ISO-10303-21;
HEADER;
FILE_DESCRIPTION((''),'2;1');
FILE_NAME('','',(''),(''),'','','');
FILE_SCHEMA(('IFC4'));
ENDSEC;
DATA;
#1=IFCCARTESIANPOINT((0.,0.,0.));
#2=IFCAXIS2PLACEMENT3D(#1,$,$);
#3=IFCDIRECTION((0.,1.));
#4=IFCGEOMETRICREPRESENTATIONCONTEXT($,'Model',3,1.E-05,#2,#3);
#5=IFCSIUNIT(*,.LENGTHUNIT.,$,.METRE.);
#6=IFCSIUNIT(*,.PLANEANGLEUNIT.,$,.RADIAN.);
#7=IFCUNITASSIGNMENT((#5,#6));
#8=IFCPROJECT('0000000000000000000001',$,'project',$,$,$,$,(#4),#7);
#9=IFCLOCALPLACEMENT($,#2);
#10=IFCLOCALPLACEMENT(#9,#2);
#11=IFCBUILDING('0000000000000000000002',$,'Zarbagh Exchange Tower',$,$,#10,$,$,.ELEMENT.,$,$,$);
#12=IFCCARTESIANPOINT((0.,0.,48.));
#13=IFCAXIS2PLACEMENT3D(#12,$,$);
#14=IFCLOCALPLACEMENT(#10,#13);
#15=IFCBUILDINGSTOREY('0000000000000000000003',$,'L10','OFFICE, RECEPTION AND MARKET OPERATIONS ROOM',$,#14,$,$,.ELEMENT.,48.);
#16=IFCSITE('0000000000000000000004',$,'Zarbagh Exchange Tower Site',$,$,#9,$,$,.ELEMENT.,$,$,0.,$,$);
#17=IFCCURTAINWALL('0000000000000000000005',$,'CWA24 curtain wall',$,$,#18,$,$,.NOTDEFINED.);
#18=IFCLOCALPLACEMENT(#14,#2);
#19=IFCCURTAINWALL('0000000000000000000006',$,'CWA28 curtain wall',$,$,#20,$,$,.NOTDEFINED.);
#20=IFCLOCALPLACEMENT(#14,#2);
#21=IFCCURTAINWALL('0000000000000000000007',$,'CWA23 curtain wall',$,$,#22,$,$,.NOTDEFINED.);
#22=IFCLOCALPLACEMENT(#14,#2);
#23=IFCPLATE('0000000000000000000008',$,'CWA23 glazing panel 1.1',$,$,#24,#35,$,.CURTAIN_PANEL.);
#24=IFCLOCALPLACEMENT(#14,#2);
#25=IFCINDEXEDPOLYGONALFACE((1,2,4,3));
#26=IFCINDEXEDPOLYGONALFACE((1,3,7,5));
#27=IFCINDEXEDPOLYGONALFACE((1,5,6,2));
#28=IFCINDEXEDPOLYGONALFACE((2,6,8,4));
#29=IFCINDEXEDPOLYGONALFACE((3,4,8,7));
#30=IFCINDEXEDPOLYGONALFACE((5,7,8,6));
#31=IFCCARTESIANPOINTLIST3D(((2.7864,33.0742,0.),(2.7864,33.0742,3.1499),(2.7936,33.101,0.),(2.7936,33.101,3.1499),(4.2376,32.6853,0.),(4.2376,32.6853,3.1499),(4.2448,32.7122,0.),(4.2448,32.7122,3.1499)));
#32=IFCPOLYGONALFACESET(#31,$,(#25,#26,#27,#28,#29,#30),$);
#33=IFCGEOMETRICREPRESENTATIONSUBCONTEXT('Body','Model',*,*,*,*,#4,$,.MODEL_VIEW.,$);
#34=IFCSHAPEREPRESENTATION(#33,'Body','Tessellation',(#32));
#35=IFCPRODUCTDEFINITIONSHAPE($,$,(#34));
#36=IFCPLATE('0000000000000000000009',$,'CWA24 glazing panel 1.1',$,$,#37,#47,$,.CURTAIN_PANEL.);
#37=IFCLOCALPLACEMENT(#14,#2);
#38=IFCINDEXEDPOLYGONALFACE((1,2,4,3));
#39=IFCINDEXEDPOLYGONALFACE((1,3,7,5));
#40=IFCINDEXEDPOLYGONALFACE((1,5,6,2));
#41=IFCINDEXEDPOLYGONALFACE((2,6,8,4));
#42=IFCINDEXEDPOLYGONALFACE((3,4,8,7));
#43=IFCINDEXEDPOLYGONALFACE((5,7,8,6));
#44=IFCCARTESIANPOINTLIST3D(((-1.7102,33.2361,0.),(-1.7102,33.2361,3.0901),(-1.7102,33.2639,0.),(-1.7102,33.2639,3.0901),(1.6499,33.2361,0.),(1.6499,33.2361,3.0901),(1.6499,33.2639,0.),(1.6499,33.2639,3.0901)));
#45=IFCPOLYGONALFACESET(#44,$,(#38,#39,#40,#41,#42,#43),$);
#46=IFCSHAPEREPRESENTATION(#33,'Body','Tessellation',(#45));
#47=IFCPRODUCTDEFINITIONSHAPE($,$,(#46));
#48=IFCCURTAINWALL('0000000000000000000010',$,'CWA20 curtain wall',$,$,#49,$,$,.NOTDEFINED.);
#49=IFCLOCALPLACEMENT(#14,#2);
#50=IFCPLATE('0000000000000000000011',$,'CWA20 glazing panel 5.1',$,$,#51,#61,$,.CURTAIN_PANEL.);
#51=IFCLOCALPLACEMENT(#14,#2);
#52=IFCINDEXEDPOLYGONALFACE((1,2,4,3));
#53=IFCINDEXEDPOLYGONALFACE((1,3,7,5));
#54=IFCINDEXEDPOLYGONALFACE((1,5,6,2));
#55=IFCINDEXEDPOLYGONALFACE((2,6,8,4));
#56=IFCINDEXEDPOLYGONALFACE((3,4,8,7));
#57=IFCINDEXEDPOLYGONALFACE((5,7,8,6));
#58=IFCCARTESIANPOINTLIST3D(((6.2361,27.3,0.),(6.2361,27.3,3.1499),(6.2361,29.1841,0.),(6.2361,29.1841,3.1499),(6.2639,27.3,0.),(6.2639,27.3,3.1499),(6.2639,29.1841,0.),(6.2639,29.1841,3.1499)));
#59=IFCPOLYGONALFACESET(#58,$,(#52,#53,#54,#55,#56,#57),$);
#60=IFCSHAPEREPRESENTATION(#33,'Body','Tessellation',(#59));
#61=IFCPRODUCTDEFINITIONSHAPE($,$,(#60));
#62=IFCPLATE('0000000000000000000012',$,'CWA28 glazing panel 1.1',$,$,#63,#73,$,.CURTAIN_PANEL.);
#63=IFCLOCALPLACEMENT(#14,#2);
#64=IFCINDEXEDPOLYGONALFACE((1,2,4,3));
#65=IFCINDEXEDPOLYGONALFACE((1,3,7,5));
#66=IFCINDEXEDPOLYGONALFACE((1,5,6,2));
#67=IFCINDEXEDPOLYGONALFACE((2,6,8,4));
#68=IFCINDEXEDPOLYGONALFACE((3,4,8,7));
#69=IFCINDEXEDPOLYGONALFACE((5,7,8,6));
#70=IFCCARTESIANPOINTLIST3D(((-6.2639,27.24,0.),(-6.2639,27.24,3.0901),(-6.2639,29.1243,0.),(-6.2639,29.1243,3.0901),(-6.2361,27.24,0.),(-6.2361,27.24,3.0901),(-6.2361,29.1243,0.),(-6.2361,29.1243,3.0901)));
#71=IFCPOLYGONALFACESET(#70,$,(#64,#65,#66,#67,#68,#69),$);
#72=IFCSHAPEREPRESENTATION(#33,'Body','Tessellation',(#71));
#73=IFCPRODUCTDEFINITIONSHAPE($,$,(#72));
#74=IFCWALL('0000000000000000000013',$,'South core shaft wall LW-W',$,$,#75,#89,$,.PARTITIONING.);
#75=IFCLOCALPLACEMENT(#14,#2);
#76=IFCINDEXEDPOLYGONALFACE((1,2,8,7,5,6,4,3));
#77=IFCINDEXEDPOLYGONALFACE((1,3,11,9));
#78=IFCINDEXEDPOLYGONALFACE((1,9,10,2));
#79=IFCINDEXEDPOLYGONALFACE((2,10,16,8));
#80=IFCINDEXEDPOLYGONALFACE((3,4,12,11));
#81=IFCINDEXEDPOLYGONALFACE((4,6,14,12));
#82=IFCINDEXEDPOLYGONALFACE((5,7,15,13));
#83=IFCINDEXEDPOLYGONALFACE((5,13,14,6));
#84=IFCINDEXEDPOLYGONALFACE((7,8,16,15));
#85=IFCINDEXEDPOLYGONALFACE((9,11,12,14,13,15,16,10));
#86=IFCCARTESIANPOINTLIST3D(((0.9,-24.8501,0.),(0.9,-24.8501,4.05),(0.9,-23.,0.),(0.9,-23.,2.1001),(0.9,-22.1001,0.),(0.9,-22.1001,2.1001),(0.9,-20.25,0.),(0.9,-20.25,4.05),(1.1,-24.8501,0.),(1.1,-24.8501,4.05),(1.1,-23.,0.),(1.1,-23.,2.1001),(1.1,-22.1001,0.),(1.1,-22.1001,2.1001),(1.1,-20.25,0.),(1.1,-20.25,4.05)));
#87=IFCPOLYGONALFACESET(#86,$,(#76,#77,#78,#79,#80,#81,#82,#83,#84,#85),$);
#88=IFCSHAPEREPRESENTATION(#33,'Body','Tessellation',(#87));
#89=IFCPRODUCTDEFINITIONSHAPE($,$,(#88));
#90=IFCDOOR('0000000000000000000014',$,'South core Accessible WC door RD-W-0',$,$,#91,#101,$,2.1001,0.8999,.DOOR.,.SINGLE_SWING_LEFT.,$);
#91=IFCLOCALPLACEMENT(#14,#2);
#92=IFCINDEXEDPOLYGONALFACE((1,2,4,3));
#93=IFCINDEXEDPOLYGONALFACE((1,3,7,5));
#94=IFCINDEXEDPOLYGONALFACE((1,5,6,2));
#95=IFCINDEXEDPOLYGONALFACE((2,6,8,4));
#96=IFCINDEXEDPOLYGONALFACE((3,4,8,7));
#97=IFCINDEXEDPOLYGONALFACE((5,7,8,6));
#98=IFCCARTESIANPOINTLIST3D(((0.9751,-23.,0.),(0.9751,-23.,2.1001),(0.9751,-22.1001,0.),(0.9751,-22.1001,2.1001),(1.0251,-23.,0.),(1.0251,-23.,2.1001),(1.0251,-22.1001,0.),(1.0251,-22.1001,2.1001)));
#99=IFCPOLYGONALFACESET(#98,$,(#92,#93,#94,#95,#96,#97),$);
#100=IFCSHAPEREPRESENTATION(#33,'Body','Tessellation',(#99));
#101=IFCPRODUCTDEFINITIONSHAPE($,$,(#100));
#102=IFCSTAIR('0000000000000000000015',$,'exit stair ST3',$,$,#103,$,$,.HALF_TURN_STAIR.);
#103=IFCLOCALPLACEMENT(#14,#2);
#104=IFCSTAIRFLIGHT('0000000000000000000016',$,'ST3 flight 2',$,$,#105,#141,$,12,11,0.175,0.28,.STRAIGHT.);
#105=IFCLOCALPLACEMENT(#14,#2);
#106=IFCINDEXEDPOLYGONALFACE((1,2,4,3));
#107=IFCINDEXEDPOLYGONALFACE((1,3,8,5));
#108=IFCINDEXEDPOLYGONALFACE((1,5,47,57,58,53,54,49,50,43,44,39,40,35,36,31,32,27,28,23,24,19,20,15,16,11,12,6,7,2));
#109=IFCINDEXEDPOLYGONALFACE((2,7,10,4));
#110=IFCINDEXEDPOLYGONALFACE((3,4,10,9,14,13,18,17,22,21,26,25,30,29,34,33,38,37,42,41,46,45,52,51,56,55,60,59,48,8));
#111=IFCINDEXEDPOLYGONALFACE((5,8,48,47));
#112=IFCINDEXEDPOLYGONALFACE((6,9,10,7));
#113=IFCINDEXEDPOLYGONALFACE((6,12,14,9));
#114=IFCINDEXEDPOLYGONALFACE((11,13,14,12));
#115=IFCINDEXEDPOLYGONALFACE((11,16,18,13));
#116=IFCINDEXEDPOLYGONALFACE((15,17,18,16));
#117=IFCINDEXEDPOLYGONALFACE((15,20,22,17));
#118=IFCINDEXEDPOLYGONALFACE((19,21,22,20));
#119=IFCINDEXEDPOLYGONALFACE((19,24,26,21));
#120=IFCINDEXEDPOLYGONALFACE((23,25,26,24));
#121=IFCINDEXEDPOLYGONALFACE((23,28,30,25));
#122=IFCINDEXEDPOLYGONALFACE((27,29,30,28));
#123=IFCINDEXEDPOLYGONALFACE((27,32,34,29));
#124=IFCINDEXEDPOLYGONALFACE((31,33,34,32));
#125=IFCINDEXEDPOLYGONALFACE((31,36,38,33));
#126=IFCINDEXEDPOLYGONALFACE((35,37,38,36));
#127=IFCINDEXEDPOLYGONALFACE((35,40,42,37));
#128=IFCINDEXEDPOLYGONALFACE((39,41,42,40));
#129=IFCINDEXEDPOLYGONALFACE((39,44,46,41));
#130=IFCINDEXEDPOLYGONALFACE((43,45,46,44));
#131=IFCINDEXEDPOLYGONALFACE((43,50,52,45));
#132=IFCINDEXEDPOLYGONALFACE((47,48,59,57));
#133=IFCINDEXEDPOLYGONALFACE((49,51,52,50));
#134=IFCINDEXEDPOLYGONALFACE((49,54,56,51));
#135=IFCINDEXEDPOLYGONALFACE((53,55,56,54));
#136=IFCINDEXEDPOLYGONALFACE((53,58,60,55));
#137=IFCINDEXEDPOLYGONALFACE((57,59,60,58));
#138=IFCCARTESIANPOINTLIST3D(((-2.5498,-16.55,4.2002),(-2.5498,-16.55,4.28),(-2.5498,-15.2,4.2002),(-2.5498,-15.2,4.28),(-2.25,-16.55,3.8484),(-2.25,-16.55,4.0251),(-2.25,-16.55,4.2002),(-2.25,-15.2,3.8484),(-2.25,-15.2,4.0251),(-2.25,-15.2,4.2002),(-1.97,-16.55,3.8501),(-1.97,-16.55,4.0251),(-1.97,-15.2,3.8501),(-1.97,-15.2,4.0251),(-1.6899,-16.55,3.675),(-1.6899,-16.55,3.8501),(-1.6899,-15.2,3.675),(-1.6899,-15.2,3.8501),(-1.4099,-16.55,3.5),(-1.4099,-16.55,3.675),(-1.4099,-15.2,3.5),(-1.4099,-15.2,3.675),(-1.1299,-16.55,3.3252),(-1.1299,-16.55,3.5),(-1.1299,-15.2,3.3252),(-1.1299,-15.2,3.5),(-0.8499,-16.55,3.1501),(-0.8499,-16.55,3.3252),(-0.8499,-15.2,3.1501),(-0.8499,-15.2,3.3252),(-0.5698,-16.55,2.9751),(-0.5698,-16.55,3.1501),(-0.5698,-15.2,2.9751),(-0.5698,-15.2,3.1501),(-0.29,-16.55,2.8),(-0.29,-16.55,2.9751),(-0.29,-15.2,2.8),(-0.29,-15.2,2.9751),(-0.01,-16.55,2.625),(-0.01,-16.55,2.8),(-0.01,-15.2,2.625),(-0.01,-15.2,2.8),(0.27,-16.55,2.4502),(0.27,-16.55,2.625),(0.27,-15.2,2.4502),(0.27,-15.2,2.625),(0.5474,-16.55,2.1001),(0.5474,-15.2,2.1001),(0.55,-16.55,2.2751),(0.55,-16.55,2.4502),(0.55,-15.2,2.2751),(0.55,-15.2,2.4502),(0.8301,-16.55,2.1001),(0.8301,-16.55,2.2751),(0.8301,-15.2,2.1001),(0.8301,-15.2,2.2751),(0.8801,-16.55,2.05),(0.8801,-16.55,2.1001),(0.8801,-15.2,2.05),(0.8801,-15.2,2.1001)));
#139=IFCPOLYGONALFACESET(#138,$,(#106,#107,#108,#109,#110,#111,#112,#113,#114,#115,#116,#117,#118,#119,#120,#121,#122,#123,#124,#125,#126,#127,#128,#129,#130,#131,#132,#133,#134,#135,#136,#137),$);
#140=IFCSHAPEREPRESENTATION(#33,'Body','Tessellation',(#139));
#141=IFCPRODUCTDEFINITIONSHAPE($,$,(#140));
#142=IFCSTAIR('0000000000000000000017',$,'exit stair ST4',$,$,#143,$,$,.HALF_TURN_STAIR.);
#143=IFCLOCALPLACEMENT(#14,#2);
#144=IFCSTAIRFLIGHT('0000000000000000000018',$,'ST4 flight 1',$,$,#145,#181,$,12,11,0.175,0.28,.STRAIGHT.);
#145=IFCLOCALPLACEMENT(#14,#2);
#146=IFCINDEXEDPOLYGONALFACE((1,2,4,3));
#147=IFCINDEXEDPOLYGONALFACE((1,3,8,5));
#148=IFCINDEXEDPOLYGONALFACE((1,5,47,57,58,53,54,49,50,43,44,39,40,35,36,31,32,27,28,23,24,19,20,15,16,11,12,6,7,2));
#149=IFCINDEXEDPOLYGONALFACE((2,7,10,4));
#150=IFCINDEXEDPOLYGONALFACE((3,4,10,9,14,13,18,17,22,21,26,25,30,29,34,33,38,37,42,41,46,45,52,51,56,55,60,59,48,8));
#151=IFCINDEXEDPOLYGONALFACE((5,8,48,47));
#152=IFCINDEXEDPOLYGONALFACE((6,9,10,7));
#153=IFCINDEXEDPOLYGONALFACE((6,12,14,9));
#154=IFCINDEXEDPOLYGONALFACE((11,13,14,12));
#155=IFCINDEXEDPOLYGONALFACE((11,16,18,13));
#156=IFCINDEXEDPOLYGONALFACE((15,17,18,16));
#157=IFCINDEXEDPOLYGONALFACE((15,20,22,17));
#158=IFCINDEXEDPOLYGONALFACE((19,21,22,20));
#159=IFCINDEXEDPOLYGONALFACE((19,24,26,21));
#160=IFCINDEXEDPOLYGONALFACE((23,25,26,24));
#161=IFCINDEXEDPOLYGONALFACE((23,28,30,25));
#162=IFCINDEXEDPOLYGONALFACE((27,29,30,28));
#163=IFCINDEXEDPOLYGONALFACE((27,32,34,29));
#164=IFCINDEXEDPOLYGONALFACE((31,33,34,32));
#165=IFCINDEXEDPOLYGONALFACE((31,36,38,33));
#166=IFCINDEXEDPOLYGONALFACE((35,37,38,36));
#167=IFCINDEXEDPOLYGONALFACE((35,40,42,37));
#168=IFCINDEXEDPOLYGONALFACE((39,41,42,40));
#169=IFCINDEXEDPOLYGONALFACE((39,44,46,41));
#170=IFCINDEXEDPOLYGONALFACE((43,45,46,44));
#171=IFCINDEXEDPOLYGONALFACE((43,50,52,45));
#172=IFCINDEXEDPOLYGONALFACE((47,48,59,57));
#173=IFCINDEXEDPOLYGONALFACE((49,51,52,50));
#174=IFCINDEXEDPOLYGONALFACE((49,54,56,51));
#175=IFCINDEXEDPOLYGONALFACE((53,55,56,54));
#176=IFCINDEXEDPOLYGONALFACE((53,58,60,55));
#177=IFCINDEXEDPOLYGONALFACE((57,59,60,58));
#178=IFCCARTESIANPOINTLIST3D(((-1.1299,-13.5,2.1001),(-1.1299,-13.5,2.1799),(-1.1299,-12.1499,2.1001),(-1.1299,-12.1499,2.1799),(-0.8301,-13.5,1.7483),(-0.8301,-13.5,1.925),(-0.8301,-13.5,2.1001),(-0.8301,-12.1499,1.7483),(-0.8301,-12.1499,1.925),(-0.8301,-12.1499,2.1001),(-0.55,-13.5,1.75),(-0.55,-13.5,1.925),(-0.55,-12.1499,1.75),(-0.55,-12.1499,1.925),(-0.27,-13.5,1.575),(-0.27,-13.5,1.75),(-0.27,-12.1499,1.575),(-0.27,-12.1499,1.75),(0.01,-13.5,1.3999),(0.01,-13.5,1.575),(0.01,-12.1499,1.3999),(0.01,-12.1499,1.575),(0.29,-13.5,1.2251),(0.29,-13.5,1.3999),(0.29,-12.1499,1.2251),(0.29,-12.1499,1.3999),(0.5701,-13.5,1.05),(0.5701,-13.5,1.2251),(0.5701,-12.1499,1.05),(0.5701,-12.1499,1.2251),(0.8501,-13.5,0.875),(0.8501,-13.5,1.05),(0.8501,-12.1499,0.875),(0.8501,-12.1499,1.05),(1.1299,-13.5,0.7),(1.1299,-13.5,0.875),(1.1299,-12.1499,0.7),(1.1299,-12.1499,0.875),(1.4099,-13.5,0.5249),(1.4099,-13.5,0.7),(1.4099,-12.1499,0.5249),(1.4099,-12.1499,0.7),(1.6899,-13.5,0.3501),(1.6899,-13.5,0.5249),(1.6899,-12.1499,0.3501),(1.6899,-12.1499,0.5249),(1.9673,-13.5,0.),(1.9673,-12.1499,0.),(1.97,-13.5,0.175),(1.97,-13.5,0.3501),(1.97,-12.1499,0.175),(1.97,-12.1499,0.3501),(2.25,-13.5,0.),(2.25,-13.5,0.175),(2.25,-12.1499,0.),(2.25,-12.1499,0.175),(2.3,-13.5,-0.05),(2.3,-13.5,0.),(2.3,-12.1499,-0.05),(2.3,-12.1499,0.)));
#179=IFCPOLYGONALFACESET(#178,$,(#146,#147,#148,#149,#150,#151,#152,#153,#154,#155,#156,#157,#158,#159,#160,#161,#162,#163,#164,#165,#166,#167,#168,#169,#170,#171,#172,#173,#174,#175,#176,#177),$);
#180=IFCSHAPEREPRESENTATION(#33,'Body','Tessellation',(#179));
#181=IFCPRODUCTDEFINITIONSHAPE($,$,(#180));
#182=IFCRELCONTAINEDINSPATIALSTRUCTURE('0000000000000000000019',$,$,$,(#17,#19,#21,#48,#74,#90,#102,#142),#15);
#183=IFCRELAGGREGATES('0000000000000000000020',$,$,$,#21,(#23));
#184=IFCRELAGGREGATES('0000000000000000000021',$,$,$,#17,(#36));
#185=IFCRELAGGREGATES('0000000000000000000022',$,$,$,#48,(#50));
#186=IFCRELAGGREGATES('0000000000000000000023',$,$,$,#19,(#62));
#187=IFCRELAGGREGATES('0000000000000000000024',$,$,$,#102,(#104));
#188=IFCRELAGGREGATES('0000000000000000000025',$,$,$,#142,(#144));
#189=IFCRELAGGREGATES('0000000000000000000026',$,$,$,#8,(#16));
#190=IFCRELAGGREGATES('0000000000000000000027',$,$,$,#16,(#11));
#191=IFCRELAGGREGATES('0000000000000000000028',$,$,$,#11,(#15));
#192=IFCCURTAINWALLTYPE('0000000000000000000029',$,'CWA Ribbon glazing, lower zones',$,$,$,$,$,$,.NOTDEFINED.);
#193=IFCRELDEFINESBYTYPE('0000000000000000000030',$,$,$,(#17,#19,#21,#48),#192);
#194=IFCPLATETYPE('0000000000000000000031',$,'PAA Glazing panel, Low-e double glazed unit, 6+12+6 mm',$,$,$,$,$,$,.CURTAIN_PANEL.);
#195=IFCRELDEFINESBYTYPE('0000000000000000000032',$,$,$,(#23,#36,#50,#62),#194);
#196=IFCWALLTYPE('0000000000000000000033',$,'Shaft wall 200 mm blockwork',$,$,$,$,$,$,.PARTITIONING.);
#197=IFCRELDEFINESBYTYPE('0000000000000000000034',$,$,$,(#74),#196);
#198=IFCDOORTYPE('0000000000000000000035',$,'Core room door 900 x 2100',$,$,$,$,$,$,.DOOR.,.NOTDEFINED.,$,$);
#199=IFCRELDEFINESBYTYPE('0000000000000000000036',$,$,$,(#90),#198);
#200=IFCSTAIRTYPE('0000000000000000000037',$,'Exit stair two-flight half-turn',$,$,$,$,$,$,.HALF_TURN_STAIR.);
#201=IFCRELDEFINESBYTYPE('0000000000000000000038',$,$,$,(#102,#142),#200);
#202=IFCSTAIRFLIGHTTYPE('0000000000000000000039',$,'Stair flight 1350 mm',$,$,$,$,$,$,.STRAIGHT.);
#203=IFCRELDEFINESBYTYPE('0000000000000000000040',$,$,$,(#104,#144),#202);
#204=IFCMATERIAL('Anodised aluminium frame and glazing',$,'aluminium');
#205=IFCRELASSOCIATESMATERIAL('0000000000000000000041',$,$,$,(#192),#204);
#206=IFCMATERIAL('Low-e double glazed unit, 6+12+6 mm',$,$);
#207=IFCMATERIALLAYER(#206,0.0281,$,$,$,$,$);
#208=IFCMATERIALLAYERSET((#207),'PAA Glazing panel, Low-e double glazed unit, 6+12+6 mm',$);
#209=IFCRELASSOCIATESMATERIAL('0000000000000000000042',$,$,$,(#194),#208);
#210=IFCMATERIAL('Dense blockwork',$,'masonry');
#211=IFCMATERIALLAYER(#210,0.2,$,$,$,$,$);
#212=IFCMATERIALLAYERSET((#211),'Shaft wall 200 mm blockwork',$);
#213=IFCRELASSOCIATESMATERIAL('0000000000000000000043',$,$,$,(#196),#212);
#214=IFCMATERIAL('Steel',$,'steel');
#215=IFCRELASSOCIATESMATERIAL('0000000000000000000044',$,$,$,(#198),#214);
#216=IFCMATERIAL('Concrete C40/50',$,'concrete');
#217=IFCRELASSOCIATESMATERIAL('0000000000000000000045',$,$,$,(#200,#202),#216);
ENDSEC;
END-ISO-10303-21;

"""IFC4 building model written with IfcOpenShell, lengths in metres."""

from ifc_helpers import new_model, si_unit, direction, frame, frame_2d, origin, place, context, subcontext, project, spatial, polyline, rectangle, outline, extrude, source, transform, mapped, material, layer, layer_set, type_object, element, fill, aggregate, save


model = new_model("IFC4")

# Units and contexts
model_context = context("Model", 3, precision=1e-05, world=origin(), true_north=direction((0.0, 1.0)))
body_context = subcontext(model_context, "Body", "Model", "MODEL_VIEW")
ifc_project = project(units=[si_unit("LENGTHUNIT", "METRE"), si_unit("PLANEANGLEUNIT", "RADIAN")], contexts=[model_context])

# Site, building, storey
site_placement = place(None, origin())
site = spatial("IfcSite", under=ifc_project, at=site_placement, Name="Zarbagh Exchange Tower Site", CompositionType="ELEMENT", RefElevation=0.0)
building_placement = place(site_placement, origin())
building = spatial("IfcBuilding", under=site, at=building_placement, Name="Zarbagh Exchange Tower", CompositionType="ELEMENT")
storey_placement = place(building_placement, frame((0.0, 0.0, 48.0)))
storey = spatial("IfcBuildingStorey", under=building, at=storey_placement, Name="L10", Description="OFFICE, RECEPTION AND MARKET OPERATIONS ROOM", CompositionType="ELEMENT", Elevation=48.0)

# Curtain wall
ifc_material_1 = material(Name="Anodised aluminium frame and glazing", Category="aluminium")
curtain_wall_type = type_object("IfcCurtainWallType", Name="CWA Ribbon glazing, lower zones", PredefinedType="NOTDEFINED", material=ifc_material_1)
placement = place(storey_placement, origin())
curtain_wall_1_placement = place(storey_placement, origin())
curtain_wall_1 = element("IfcCurtainWall", 1, at=curtain_wall_1_placement, inside=storey, type_object=curtain_wall_type, Name="CWA24 curtain wall", PredefinedType="NOTDEFINED")

# Curtain wall
curtain_wall_2_placement = place(storey_placement, origin())
curtain_wall_2 = element("IfcCurtainWall", 2, at=curtain_wall_2_placement, inside=storey, type_object=curtain_wall_type, Name="CWA28 curtain wall", PredefinedType="NOTDEFINED")

# Shared definitions
ifc_material_2 = material(Name="Low-e double glazed unit, 6+12+6 mm")
ifc_layer_1 = layer(ifc_material_2, 0.0281)
ifc_layer_set_1 = layer_set([ifc_layer_1], Name="PAA Glazing panel, Low-e double glazed unit, 6+12+6 mm")
plate_type = type_object("IfcPlateType", Name="PAA Glazing panel, Low-e double glazed unit, 6+12+6 mm", PredefinedType="CURTAIN_PANEL", material=ifc_layer_set_1)

# Curtain wall, plate
curtain_wall_3_placement = place(storey_placement, origin())
curtain_wall_3 = element("IfcCurtainWall", 3, at=curtain_wall_3_placement, inside=storey, type_object=curtain_wall_type, Name="CWA23 curtain wall", PredefinedType="NOTDEFINED")
shared_shape_1 = source(origin(), body_context, "Body", "SweptSolid", [
    extrude(outline(polyline([(0.0, -0.0139), (1.5024, -0.0139), (1.5024, 0.0139), (0.0, 0.0139), (0.0, -0.0139)])), origin(), (0.0, 0.0, 1.0), 3.1499),
])
plate_1 = element("IfcPlate", 4, at=placement, type_object=plate_type, Name="CWA23 glazing panel 1.1", PredefinedType="CURTAIN_PANEL", context=body_context, shape_type="MappedRepresentation", body=[
    mapped(shared_shape_1, transform((4.2412, 32.6987, 0.0), x_axis=(-0.965924, 0.258825, 0.0), y_axis=(-0.258825, -0.965924, 0.0), z_axis=(0.0, 0.0, 1.0))),
])
aggregate(curtain_wall_3, [plate_1])

# Plate
shared_shape_2 = source(origin(), body_context, "Body", "SweptSolid", [
    extrude(outline(polyline([(0.0, -0.0139), (3.3601, -0.0139), (3.3601, 0.0139), (0.0, 0.0139), (0.0, -0.0139)])), origin(), (0.0, 0.0, 1.0), 3.0901),
])
plate_2 = element("IfcPlate", 5, at=placement, type_object=plate_type, Name="CWA24 glazing panel 1.1", PredefinedType="CURTAIN_PANEL", context=body_context, shape_type="MappedRepresentation", body=[
    mapped(shared_shape_2, transform((1.6499, 33.25, 0.0), x_axis=(-1.0, 0.0, 0.0), y_axis=(0.0, -1.0, 0.0), z_axis=(0.0, 0.0, 1.0))),
])
aggregate(curtain_wall_1, [plate_2])

# Curtain wall, plate
curtain_wall_4_placement = place(storey_placement, origin())
curtain_wall_4 = element("IfcCurtainWall", 6, at=curtain_wall_4_placement, inside=storey, type_object=curtain_wall_type, Name="CWA20 curtain wall", PredefinedType="NOTDEFINED")
shared_shape_3 = source(origin(), body_context, "Body", "SweptSolid", [
    extrude(outline(polyline([(0.0, -0.0139), (1.884, -0.0139), (1.884, 0.0139), (0.0, 0.0139), (0.0, -0.0139)])), origin(), (0.0, 0.0, 1.0), 3.1499),
])
plate_3 = element("IfcPlate", 7, at=placement, type_object=plate_type, Name="CWA20 glazing panel 5.1", PredefinedType="CURTAIN_PANEL", context=body_context, shape_type="MappedRepresentation", body=[
    mapped(shared_shape_3, transform((6.25, 27.3, 0.0), x_axis=(0.0, 1.0, 0.0), y_axis=(-1.0, 0.0, 0.0), z_axis=(0.0, 0.0, 1.0))),
])
aggregate(curtain_wall_4, [plate_3])

# Plate
shared_shape_4 = source(origin(), body_context, "Body", "SweptSolid", [
    extrude(outline(polyline([(0.0, -0.0139), (1.8843, -0.0139), (1.8843, 0.0139), (0.0, 0.0139), (0.0, -0.0139)])), origin(), (0.0, 0.0, 1.0), 3.0901),
])
plate_4 = element("IfcPlate", 8, at=placement, type_object=plate_type, Name="CWA28 glazing panel 1.1", PredefinedType="CURTAIN_PANEL", context=body_context, shape_type="MappedRepresentation", body=[
    mapped(shared_shape_4, transform((-6.25, 29.1243, 0.0), x_axis=(0.0, -1.0, 0.0), y_axis=(1.0, 0.0, 0.0), z_axis=(0.0, 0.0, 1.0))),
])
aggregate(curtain_wall_2, [plate_4])

# Wall, opening, door
ifc_material_3 = material(Name="Dense blockwork", Category="masonry")
ifc_layer_2 = layer(ifc_material_3, 0.2)
ifc_layer_set_2 = layer_set([ifc_layer_2], Name="Shaft wall 200 mm blockwork")
wall_type = type_object("IfcWallType", Name="Shaft wall 200 mm blockwork", PredefinedType="PARTITIONING", material=ifc_layer_set_2)
wall_placement = place(storey_placement, frame((1.0, -24.8501, 0.0), z_axis=(0.0, 0.0, 1.0), x_axis=(0.0, 1.0, 0.0)))
wall = element("IfcWall", 9, at=wall_placement, inside=storey, type_object=wall_type, Name="South core shaft wall LW-W", PredefinedType="PARTITIONING", context=body_context, shape_type="SweptSolid", body=[
    extrude(rectangle(XDim=4.6001, YDim=0.2, at=frame_2d((2.3, 0.0))), origin(), (0.0, 0.0, 1.0), 4.05),
])
opening_placement = place(wall_placement, frame((1.8501, 0.0, 0.0)))
opening = element("IfcOpeningElement", 10, at=opening_placement, cuts=wall, PredefinedType="OPENING", context=body_context, shape_type="SweptSolid", body=[
    extrude(rectangle(XDim=0.8999, YDim=2.1001, at=frame_2d((0.45, 1.05))), frame((0.0, 0.1099, 0.0), z_axis=(0.0, -1.0, 0.0), x_axis=(1.0, 0.0, 0.0)), (0.0, 0.0, 1.0), 0.22),
])
ifc_material_4 = material(Name="Steel", Category="steel")
door_type = type_object("IfcDoorType", Name="Core room door 900 x 2100", OperationType="NOTDEFINED", PredefinedType="DOOR", material=ifc_material_4)
door_placement = place(opening_placement, origin())
door = element("IfcDoor", 11, at=door_placement, inside=storey, type_object=door_type, Name="South core Accessible WC door RD-W-0", OperationType="SINGLE_SWING_LEFT", OverallHeight=2.1001, OverallWidth=0.8999, PredefinedType="DOOR", context=body_context, shape_type="SweptSolid", body=[
    extrude(rectangle(XDim=0.8999, YDim=2.1001, at=frame_2d((0.45, 1.05))), frame((0.0, 0.0249, 0.0), z_axis=(0.0, -1.0, 0.0), x_axis=(1.0, 0.0, 0.0)), (0.0, 0.0, 1.0), 0.05),
])
fill(opening, door)

# Stairs, stair flights
ifc_material_5 = material(Name="Concrete C40/50", Category="concrete")
stair_type = type_object("IfcStairType", Name="Exit stair two-flight half-turn", PredefinedType="HALF_TURN_STAIR", material=ifc_material_5)
stair_1_placement = place(storey_placement, origin())
stair_1 = element("IfcStair", 12, at=stair_1_placement, inside=storey, type_object=stair_type, Name="exit stair ST3", PredefinedType="HALF_TURN_STAIR")
stair_flight_type = type_object("IfcStairFlightType", Name="Stair flight 1350 mm", PredefinedType="STRAIGHT", material=ifc_material_5)
stair_flight_1_placement = place(storey_placement, frame((0.8301, -15.875, 2.1001), z_axis=(0.0, 0.0, 1.0), x_axis=(-1.0, 0.0, 0.0)))
stair_flight_1 = element("IfcStairFlight", 13, at=stair_flight_1_placement, type_object=stair_flight_type, Name="ST3 flight 2", NumberOfRisers=12, NumberOfTreads=11, PredefinedType="STRAIGHT", RiserHeight=0.175, TreadLength=0.28, context=body_context, shape_type="SweptSolid", body=[
    extrude(outline(polyline([(-0.05, -0.05), (-0.05, 0.0), (0.0, 0.0), (0.0, 0.175), (0.28, 0.175), (0.28, 0.3501), (0.5601, 0.3501), (0.5601, 0.5249), (0.8401, 0.5249), (0.8401, 0.7), (1.1201, 0.7), (1.1201, 0.875), (1.3999, 0.875), (1.3999, 1.05), (1.6799, 1.05), (1.6799, 1.2251), (1.96, 1.2251), (1.96, 1.3999), (2.24, 1.3999), (2.24, 1.575), (2.52, 1.575), (2.52, 1.75), (2.8, 1.75), (2.8, 1.925), (3.0801, 1.925), (3.0801, 2.1001), (3.3799, 2.1799), (3.3799, 2.1001), (3.0801, 1.7483), (0.2827, 0.0), (-0.05, -0.05)])), frame((0.0, 0.675, 0.0), z_axis=(0.0, -1.0, 0.0), x_axis=(1.0, 0.0, 0.0)), (0.0, 0.0, 1.0), 1.3501),
])
aggregate(stair_1, [stair_flight_1])
stair_2_placement = place(storey_placement, origin())
stair_2 = element("IfcStair", 14, at=stair_2_placement, inside=storey, type_object=stair_type, Name="exit stair ST4", PredefinedType="HALF_TURN_STAIR")
stair_flight_2_placement = place(storey_placement, frame((2.25, -12.825, 0.0), z_axis=(0.0, 0.0, 1.0), x_axis=(-1.0, 0.0, 0.0)))
stair_flight_2 = element("IfcStairFlight", 15, at=stair_flight_2_placement, type_object=stair_flight_type, Name="ST4 flight 1", NumberOfRisers=12, NumberOfTreads=11, PredefinedType="STRAIGHT", RiserHeight=0.175, TreadLength=0.28, context=body_context, shape_type="SweptSolid", body=[
    extrude(outline(polyline([(-0.05, -0.05), (-0.05, 0.0), (0.0, 0.0), (0.0, 0.175), (0.28, 0.175), (0.28, 0.3501), (0.5601, 0.3501), (0.5601, 0.5249), (0.8401, 0.5249), (0.8401, 0.7), (1.1201, 0.7), (1.1201, 0.875), (1.3999, 0.875), (1.3999, 1.05), (1.6799, 1.05), (1.6799, 1.2251), (1.96, 1.2251), (1.96, 1.3999), (2.24, 1.3999), (2.24, 1.575), (2.52, 1.575), (2.52, 1.75), (2.8, 1.75), (2.8, 1.925), (3.0801, 1.925), (3.0801, 2.1001), (3.3799, 2.1799), (3.3799, 2.1001), (3.0801, 1.7483), (0.2827, 0.0), (-0.05, -0.05)])), frame((0.0, 0.675, 0.0), z_axis=(0.0, -1.0, 0.0), x_axis=(1.0, 0.0, 0.0)), (0.0, 0.0, 1.0), 1.3501),
])
aggregate(stair_2, [stair_flight_2])

save(model, "model.ifc")
